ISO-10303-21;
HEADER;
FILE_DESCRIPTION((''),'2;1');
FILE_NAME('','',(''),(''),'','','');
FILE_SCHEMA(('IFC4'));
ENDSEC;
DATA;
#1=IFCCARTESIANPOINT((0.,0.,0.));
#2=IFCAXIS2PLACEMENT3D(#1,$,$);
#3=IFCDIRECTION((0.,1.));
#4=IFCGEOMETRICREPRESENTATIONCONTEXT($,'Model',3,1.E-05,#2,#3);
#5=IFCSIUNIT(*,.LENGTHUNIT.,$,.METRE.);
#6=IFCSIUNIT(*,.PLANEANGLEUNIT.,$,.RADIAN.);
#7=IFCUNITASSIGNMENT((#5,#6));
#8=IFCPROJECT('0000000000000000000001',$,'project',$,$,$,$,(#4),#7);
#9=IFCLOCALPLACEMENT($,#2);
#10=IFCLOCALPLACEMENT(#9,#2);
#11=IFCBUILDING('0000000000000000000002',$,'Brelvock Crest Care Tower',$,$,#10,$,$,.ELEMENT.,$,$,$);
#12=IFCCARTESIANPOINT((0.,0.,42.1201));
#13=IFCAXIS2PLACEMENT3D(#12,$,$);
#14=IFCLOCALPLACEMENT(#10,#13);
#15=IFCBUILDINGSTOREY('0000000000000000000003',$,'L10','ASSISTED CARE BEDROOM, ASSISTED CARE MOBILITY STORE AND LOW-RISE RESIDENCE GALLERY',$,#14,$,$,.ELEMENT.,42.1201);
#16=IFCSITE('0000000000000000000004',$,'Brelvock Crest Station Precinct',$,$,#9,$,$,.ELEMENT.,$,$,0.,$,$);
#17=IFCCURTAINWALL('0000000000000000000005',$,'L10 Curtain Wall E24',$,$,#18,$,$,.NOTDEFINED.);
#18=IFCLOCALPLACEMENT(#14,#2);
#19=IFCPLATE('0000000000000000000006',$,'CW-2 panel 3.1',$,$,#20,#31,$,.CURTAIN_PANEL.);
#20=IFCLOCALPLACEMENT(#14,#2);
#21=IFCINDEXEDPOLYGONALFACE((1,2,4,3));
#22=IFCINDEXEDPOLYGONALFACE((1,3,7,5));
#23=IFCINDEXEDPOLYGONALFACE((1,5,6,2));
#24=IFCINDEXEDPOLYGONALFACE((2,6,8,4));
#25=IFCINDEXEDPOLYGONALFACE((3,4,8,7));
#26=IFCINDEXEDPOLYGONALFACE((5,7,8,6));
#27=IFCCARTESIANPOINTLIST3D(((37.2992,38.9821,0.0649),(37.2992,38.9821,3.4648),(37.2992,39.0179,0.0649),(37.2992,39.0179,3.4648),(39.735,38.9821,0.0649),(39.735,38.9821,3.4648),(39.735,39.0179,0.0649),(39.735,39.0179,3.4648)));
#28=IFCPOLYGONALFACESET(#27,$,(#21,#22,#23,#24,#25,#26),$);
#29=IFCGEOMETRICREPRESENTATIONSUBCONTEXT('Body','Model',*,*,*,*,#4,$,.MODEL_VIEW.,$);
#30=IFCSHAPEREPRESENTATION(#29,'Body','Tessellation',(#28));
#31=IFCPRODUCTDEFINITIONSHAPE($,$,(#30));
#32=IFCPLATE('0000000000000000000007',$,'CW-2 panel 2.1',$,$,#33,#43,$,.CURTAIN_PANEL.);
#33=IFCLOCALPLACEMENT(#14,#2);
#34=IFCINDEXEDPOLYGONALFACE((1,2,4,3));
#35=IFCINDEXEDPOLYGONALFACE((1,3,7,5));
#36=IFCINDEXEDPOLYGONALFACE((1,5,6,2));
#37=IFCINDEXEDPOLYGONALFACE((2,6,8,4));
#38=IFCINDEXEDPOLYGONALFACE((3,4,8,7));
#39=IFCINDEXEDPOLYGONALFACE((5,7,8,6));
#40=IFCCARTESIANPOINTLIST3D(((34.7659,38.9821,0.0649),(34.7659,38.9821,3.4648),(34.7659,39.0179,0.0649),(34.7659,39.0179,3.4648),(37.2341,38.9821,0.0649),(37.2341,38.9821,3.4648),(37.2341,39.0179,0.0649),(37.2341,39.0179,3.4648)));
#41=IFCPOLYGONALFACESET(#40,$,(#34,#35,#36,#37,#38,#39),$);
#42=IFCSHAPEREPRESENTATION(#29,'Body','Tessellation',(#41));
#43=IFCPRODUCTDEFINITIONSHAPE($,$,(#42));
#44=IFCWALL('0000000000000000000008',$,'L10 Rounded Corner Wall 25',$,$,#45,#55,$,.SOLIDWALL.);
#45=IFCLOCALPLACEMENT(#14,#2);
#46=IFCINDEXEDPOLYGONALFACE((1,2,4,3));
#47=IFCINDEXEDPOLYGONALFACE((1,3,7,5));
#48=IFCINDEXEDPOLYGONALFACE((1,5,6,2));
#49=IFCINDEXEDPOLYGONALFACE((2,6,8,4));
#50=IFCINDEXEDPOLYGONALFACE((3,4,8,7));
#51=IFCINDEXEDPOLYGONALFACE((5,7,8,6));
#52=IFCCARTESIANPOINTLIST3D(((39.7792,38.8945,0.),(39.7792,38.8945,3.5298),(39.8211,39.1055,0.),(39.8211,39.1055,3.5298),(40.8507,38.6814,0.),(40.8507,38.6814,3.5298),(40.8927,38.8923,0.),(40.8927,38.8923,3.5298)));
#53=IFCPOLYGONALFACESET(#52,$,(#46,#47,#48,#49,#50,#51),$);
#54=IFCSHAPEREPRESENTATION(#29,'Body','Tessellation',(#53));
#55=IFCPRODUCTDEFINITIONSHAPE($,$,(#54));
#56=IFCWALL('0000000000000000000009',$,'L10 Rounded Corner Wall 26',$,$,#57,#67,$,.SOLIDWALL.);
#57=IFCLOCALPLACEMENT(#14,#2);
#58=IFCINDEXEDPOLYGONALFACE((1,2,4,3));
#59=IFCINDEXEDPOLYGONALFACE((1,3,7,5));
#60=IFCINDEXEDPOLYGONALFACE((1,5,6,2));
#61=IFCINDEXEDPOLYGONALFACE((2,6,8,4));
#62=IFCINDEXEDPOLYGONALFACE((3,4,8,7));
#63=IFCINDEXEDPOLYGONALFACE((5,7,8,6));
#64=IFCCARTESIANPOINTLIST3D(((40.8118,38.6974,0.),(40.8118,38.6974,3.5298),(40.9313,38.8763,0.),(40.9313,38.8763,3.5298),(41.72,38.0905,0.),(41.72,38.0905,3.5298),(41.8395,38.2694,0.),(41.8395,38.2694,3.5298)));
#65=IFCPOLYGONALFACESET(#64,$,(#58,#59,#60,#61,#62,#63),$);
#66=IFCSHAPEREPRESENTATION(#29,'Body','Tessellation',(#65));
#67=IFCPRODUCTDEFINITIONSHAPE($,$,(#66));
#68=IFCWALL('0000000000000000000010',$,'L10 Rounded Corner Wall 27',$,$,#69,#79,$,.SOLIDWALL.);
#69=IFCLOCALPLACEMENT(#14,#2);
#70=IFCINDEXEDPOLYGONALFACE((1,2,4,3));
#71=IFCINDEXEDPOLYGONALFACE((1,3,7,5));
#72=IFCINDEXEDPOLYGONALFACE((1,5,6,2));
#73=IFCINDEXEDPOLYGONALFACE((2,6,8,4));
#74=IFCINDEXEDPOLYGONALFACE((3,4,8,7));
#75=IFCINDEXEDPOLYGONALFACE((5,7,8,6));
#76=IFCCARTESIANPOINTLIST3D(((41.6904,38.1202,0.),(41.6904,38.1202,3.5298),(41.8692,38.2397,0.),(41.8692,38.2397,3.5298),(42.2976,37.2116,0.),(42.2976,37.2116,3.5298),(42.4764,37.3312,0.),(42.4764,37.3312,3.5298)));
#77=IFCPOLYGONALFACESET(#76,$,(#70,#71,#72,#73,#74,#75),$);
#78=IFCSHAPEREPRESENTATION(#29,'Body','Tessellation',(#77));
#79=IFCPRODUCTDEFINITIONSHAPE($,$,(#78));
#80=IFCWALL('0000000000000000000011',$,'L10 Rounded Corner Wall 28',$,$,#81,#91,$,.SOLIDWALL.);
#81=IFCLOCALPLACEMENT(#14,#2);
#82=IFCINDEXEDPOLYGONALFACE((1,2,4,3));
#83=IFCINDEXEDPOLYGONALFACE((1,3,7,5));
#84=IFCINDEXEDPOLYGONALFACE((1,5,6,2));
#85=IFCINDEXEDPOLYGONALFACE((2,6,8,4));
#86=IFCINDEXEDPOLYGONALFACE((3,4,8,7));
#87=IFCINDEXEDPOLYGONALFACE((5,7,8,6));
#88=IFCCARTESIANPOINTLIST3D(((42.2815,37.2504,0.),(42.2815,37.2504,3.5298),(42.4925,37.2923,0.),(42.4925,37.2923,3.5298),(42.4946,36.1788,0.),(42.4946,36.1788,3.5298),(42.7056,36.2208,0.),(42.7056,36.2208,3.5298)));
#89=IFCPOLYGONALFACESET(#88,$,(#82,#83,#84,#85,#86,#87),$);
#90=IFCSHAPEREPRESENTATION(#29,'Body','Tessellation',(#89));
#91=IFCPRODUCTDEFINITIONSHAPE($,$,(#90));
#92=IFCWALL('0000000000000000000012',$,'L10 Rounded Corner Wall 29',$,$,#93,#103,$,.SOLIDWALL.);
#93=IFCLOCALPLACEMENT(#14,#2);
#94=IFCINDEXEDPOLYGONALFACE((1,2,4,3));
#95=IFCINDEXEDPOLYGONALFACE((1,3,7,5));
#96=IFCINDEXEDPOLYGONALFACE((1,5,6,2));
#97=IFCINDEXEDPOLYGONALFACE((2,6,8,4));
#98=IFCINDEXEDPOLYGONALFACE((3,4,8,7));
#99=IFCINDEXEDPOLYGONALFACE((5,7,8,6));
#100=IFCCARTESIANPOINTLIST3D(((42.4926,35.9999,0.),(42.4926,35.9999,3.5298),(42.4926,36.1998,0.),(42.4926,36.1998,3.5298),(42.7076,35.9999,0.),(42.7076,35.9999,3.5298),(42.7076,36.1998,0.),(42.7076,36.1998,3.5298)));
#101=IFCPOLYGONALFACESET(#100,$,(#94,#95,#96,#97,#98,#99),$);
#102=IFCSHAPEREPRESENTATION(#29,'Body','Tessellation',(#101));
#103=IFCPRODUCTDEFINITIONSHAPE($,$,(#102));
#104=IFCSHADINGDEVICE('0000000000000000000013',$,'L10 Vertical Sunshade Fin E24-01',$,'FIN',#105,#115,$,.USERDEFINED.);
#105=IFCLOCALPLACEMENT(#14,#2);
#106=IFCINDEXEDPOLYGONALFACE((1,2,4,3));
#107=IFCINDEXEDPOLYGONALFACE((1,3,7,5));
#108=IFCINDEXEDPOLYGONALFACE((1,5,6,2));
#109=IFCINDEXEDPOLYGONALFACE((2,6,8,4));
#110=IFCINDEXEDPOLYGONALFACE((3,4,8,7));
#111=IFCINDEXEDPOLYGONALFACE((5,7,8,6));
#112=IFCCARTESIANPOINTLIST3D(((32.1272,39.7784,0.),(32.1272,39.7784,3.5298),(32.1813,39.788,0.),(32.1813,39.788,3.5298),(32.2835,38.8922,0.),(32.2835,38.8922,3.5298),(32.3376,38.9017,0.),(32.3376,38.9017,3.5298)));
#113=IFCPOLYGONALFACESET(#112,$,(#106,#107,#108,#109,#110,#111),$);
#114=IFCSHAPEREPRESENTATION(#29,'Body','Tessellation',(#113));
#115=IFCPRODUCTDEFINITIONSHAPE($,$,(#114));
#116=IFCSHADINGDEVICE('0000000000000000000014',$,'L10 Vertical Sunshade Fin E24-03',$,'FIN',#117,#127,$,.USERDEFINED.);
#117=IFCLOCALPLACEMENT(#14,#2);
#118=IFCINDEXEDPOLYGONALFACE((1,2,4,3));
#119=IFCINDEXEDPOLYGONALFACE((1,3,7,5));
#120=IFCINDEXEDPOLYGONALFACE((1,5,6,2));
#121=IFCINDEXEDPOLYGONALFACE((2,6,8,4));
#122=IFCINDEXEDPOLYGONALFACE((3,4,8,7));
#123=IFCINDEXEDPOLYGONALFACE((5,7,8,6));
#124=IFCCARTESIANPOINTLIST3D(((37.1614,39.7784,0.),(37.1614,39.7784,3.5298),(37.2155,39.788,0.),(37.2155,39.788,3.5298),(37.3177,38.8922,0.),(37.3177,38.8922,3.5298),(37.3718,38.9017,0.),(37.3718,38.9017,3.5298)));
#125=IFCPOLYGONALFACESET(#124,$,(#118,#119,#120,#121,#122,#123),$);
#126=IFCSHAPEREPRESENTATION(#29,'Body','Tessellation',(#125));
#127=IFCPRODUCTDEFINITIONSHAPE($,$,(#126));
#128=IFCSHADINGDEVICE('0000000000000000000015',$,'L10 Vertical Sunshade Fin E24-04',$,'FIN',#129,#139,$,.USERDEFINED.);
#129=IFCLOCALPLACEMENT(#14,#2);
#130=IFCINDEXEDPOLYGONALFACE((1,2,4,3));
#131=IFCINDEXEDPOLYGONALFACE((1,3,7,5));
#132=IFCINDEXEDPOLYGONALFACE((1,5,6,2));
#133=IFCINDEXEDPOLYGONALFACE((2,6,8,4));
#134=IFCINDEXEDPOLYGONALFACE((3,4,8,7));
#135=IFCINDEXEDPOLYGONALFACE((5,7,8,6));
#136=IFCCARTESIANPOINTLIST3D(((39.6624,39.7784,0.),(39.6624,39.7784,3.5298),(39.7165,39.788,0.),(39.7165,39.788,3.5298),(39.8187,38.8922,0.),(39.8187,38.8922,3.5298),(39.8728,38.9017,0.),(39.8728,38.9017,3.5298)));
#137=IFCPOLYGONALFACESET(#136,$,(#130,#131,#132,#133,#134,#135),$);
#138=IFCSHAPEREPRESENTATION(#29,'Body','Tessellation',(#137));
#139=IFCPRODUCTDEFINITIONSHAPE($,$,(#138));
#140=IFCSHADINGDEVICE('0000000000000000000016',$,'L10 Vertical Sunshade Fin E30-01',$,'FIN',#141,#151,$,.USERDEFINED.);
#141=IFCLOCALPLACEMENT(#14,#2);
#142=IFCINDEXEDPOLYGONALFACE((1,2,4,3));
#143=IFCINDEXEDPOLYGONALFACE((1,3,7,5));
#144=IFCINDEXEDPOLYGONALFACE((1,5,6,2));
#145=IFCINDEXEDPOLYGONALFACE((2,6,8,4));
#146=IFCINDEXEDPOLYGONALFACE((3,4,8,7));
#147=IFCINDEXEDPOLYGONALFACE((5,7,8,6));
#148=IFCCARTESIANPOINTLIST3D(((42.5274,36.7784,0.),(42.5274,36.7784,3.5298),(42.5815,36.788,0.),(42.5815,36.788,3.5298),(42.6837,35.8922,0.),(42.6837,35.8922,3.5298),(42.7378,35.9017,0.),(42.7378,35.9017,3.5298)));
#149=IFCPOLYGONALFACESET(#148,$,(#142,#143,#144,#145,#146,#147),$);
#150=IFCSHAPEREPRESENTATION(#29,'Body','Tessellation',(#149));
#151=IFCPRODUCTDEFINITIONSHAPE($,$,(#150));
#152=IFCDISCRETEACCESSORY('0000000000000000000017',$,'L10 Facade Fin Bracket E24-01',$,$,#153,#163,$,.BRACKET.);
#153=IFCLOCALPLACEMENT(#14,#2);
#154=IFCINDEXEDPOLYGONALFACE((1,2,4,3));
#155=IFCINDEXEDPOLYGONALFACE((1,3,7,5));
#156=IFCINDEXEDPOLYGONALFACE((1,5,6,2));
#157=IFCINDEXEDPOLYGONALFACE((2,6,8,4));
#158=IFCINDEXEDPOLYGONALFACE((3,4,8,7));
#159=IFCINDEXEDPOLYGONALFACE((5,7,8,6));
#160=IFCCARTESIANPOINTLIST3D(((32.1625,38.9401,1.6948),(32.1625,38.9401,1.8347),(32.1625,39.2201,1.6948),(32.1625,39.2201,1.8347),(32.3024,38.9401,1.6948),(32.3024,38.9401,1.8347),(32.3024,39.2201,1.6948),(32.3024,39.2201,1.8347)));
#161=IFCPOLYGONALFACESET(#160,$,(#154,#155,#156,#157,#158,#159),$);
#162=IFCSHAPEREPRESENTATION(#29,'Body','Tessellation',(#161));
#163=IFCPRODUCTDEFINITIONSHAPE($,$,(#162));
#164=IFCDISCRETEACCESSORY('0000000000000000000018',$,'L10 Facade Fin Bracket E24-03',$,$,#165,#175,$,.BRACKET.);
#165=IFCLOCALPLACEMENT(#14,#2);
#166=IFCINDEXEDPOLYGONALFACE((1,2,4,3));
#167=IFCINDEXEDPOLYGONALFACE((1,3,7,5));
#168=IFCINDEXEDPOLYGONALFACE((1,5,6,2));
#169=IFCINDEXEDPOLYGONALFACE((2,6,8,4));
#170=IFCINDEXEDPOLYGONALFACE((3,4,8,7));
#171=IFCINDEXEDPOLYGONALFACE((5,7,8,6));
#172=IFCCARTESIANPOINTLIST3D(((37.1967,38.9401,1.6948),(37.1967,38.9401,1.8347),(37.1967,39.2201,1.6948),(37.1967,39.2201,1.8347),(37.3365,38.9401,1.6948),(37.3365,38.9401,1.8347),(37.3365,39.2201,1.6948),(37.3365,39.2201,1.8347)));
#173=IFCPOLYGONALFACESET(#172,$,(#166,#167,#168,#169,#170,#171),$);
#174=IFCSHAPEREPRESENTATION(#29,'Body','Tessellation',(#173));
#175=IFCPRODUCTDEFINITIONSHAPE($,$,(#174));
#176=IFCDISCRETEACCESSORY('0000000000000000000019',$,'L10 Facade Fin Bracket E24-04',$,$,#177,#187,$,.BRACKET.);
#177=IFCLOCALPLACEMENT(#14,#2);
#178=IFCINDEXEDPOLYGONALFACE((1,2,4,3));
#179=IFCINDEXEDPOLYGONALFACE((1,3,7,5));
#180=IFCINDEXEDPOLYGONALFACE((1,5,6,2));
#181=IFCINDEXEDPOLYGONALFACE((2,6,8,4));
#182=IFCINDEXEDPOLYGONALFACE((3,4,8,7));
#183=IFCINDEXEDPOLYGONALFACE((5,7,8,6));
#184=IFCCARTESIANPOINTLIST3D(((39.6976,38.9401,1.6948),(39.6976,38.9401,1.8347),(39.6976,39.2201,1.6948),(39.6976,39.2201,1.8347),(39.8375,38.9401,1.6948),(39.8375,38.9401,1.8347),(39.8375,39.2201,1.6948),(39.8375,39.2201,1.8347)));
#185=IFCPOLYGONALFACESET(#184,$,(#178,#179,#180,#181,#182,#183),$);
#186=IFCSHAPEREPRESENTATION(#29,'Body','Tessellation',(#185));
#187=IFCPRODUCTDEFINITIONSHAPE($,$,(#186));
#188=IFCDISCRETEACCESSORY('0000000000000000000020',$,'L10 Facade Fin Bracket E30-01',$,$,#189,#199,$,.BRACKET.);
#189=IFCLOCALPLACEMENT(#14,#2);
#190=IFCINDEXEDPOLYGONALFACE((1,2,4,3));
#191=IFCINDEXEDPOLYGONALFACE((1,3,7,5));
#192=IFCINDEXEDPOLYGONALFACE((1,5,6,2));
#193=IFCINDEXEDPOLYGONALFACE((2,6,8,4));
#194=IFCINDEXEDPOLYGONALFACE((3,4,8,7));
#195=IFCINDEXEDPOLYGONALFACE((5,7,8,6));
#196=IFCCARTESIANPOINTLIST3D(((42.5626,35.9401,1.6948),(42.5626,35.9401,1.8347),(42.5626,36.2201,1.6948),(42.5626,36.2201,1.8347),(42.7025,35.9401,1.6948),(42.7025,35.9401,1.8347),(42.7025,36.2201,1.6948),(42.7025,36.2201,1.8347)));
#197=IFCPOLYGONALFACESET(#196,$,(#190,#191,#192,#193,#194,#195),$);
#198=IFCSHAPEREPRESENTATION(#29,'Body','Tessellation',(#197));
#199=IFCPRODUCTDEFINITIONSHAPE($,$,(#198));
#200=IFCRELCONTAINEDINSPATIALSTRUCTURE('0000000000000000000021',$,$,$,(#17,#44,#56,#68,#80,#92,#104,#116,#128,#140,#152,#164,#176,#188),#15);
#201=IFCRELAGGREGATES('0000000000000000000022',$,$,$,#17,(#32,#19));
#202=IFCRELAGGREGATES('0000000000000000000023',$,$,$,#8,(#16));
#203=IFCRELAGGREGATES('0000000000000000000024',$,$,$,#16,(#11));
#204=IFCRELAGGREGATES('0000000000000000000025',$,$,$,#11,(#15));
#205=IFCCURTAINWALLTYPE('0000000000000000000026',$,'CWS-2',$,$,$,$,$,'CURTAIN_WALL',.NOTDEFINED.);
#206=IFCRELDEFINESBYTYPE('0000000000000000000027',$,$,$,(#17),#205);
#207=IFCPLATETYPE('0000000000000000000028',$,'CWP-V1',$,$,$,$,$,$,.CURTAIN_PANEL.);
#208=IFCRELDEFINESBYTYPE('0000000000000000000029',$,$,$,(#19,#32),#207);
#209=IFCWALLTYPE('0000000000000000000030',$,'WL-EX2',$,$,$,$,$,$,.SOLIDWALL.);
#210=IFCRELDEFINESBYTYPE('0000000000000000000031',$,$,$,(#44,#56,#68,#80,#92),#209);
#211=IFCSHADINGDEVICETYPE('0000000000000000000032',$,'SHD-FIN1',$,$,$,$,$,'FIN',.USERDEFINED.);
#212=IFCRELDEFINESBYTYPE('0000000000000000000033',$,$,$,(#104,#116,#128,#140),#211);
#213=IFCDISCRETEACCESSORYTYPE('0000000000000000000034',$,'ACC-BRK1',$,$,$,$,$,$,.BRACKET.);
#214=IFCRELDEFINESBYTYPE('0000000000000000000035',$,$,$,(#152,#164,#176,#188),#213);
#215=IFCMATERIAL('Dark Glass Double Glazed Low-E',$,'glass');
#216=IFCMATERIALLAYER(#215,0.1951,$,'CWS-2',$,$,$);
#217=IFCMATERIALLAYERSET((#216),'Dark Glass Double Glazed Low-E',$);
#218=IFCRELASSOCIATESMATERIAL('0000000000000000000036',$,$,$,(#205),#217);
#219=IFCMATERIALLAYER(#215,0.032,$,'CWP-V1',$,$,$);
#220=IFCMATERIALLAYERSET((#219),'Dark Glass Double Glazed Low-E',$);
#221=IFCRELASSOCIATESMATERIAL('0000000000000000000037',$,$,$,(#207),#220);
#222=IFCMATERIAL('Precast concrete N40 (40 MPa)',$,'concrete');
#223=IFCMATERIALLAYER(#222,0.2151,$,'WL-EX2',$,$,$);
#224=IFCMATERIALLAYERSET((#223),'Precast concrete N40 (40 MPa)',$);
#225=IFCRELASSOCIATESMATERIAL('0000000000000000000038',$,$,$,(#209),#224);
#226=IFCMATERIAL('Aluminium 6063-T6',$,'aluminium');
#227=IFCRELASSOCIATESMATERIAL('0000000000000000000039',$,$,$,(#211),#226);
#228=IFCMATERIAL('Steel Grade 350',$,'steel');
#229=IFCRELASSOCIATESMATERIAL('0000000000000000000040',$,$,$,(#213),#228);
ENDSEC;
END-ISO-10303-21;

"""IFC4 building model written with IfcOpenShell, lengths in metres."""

from ifc_helpers import new_model, si_unit, direction, frame, frame_2d, origin, origin_2d, place, context, subcontext, project, spatial, rectangle, extrude, source, transform, mapped, material, layer, layer_set, material_profile, profile_set, type_object, element, aggregate, save


model = new_model("IFC4")

# Units and contexts
model_context = context("Model", 3, precision=1e-05, world=origin(), true_north=direction((0.0, 1.0)))
body_context = subcontext(model_context, "Body", "Model", "MODEL_VIEW")
ifc_project = project(units=[si_unit("LENGTHUNIT", "METRE"), si_unit("PLANEANGLEUNIT", "RADIAN")], contexts=[model_context])

# Site, building, storey
site_placement = place(None, origin())
site = spatial("IfcSite", under=ifc_project, at=site_placement, Name="Brelvock Crest Station Precinct", CompositionType="ELEMENT", RefElevation=0.0)
building_placement = place(site_placement, origin())
building = spatial("IfcBuilding", under=site, at=building_placement, Name="Brelvock Crest Care Tower", CompositionType="ELEMENT")
storey_placement = place(building_placement, frame((0.0, 0.0, 42.1201)))
storey = spatial("IfcBuildingStorey", under=building, at=storey_placement, Name="L10", Description="ASSISTED CARE BEDROOM, ASSISTED CARE MOBILITY STORE AND LOW-RISE RESIDENCE GALLERY", CompositionType="ELEMENT", Elevation=42.1201)

# Shared definitions
ifc_material_1 = material(Name="Steel Grade 350", Category="steel")

# Curtain wall
ifc_material_2 = material(Name="Dark Glass Double Glazed Low-E", Category="glass")
ifc_layer_1 = layer(ifc_material_2, 0.1951, Name="CWS-2")
ifc_layer_set_1 = layer_set([ifc_layer_1], Name="Dark Glass Double Glazed Low-E")
curtain_wall_type = type_object("IfcCurtainWallType", Name="CWS-2", ElementType="CURTAIN_WALL", PredefinedType="NOTDEFINED", material=ifc_layer_set_1)
ifc_material_3 = material(Name="Aluminium 6063-T6", Category="aluminium")
curtain_wall_1_placement = place(storey_placement, origin())
curtain_wall_1 = element("IfcCurtainWall", 1, at=curtain_wall_1_placement, inside=storey, type_object=curtain_wall_type, Name="L10 Curtain Wall E24", PredefinedType="NOTDEFINED")

# Plates
ifc_layer_2 = layer(ifc_material_2, 0.032, Name="CWP-V1")
ifc_layer_set_2 = layer_set([ifc_layer_2], Name="Dark Glass Double Glazed Low-E")
plate_type = type_object("IfcPlateType", Name="CWP-V1", PredefinedType="CURTAIN_PANEL", material=ifc_layer_set_2)
shared_shape_1 = source(origin(), body_context, "Body", "SweptSolid", [
    extrude(rectangle(XDim=2.4358, YDim=0.0359, at=origin_2d()), origin(), (0.0, 0.0, 1.0), 3.3999),
])
plate_1_placement = place(storey_placement, frame((38.5171, 39.0, 0.0649), z_axis=(0.0, 0.0, 1.0), x_axis=(1.0, 0.0, 0.0)))
plate_1 = element("IfcPlate", 2, at=plate_1_placement, type_object=plate_type, Name="CW-2 panel 3.1", PredefinedType="CURTAIN_PANEL", context=body_context, shape_type="MappedRepresentation", body=[
    mapped(shared_shape_1, transform((0.0, 0.0, 0.0), x_axis=(1.0, 0.0, 0.0), y_axis=(0.0, 1.0, 0.0), z_axis=(0.0, 0.0, 1.0), scale=1.0)),
])
shared_shape_2 = source(origin(), body_context, "Body", "SweptSolid", [
    extrude(rectangle(XDim=2.4683, YDim=0.0359, at=origin_2d()), origin(), (0.0, 0.0, 1.0), 3.3999),
])
plate_2_placement = place(storey_placement, frame((36.0, 39.0, 0.0649), z_axis=(0.0, 0.0, 1.0), x_axis=(1.0, 0.0, 0.0)))
plate_2 = element("IfcPlate", 3, at=plate_2_placement, type_object=plate_type, Name="CW-2 panel 2.1", PredefinedType="CURTAIN_PANEL", context=body_context, shape_type="MappedRepresentation", body=[
    mapped(shared_shape_2, transform((0.0, 0.0, 0.0), x_axis=(1.0, 0.0, 0.0), y_axis=(0.0, 1.0, 0.0), z_axis=(0.0, 0.0, 1.0), scale=1.0)),
])
aggregate(curtain_wall_1, [plate_2, plate_1])

# Walls
ifc_material_4 = material(Name="Precast concrete N40 (40 MPa)", Category="concrete")
ifc_layer_3 = layer(ifc_material_4, 0.2151, Name="WL-EX2")
ifc_layer_set_3 = layer_set([ifc_layer_3], Name="Precast concrete N40 (40 MPa)")
wall_type = type_object("IfcWallType", Name="WL-EX2", PredefinedType="SOLIDWALL", material=ifc_layer_set_3)
wall_1_placement = place(storey_placement, frame((39.8, 39.0, 0.0), z_axis=(0.0, 0.0, 1.0), x_axis=(0.980786, -0.195085, 0.0)))
element("IfcWall", 4, at=wall_1_placement, inside=storey, type_object=wall_type, Name="L10 Rounded Corner Wall 25", PredefinedType="SOLIDWALL", context=body_context, shape_type="SweptSolid", body=[
    extrude(rectangle(XDim=1.0925, YDim=0.2151, at=frame_2d((0.5464, 0.0))), origin(), (0.0, 0.0, 1.0), 3.5298),
])
wall_2_placement = place(storey_placement, frame((40.8716, 38.7869, 0.0), z_axis=(0.0, 0.0, 1.0), x_axis=(0.831431, -0.555628, 0.0)))
element("IfcWall", 5, at=wall_2_placement, inside=storey, type_object=wall_type, Name="L10 Rounded Corner Wall 26", PredefinedType="SOLIDWALL", context=body_context, shape_type="SweptSolid", body=[
    extrude(rectangle(XDim=1.0923, YDim=0.2151, at=frame_2d((0.5461, 0.0))), origin(), (0.0, 0.0, 1.0), 3.5298),
])
wall_3_placement = place(storey_placement, frame((41.7798, 38.1799, 0.0), z_axis=(0.0, 0.0, 1.0), x_axis=(0.555679, -0.831397, 0.0)))
element("IfcWall", 6, at=wall_3_placement, inside=storey, type_object=wall_type, Name="L10 Rounded Corner Wall 27", PredefinedType="SOLIDWALL", context=body_context, shape_type="SweptSolid", body=[
    extrude(rectangle(XDim=1.0928, YDim=0.2151, at=frame_2d((0.5464, 0.0))), origin(), (0.0, 0.0, 1.0), 3.5298),
])
wall_4_placement = place(storey_placement, frame((42.387, 37.2715, 0.0), z_axis=(0.0, 0.0, 1.0), x_axis=(0.195085, -0.980786, 0.0)))
element("IfcWall", 7, at=wall_4_placement, inside=storey, type_object=wall_type, Name="L10 Rounded Corner Wall 28", PredefinedType="SOLIDWALL", context=body_context, shape_type="SweptSolid", body=[
    extrude(rectangle(XDim=1.0925, YDim=0.2151, at=frame_2d((0.5464, 0.0))), origin(), (0.0, 0.0, 1.0), 3.5298),
])
wall_5_placement = place(storey_placement, frame((42.6001, 36.2, 0.0), z_axis=(0.0, 0.0, 1.0), x_axis=(0.0, -1.0, 0.0)))
element("IfcWall", 8, at=wall_5_placement, inside=storey, type_object=wall_type, Name="L10 Rounded Corner Wall 29", PredefinedType="SOLIDWALL", context=body_context, shape_type="SweptSolid", body=[
    extrude(rectangle(XDim=0.2, YDim=0.2151, at=frame_2d((0.1001, 0.0))), origin(), (0.0, 0.0, 1.0), 3.5298),
])

# Shading devices
ifc_material_profile_1 = material_profile(ifc_material_3, rectangle(XDim=0.0549, YDim=0.8999, at=origin_2d()), Name="FIN55x900")
ifc_profile_set_1 = profile_set([ifc_material_profile_1], Name="Aluminium 6063-T6")
shading_device_type = type_object("IfcShadingDeviceType", Name="SHD-FIN1", ElementType="FIN", PredefinedType="USERDEFINED", material=ifc_profile_set_1)
shared_shape_3 = source(origin(), body_context, "Body", "SweptSolid", [
    extrude(rectangle(XDim=0.0549, YDim=0.8999, at=origin_2d()), origin(), (0.0, 0.0, 1.0), 3.5298),
])
for number, where, z_axis, x_axis, name in (
    (9, (32.2324, 39.3401, 0.0), (0.0, 0.0, 1.0), (0.984808, 0.173648, 0.0), "L10 Vertical Sunshade Fin E24-01"),
    (10, (37.2666, 39.3401, 0.0), (0.0, 0.0, 1.0), (0.984808, 0.173648, 0.0), "L10 Vertical Sunshade Fin E24-03"),
    (11, (39.7676, 39.3401, 0.0), (0.0, 0.0, 1.0), (0.984808, 0.173648, 0.0), "L10 Vertical Sunshade Fin E24-04"),
    (12, (42.6326, 36.3401, 0.0), (0.0, 0.0, 1.0), (0.984808, 0.173648, 0.0), "L10 Vertical Sunshade Fin E30-01"),
):
    element("IfcShadingDevice", number, at=place(storey_placement, frame(where, z_axis=z_axis, x_axis=x_axis)), inside=storey, type_object=shading_device_type, Name=name, ObjectType="FIN", PredefinedType="USERDEFINED", context=body_context, shape_type="MappedRepresentation", body=[
        mapped(shared_shape_3, transform((0.0, 0.0, 0.0), x_axis=(1.0, 0.0, 0.0), y_axis=(0.0, 1.0, 0.0), z_axis=(0.0, 0.0, 1.0), scale=1.0)),
    ])

# Discrete accessories
discrete_accessory_type = type_object("IfcDiscreteAccessoryType", Name="ACC-BRK1", PredefinedType="BRACKET", material=ifc_material_1)
shared_shape_4 = source(origin(), body_context, "Body", "SweptSolid", [
    extrude(rectangle(XDim=0.28, YDim=0.1399, at=origin_2d()), origin(), (0.0, 0.0, 1.0), 0.1399),
])
for number, where, z_axis, x_axis, name in (
    (13, (32.2324, 39.0801, 1.6948), (0.0, 0.0, 1.0), (0.0, 1.0, 0.0), "L10 Facade Fin Bracket E24-01"),
    (14, (37.2666, 39.0801, 1.6948), (0.0, 0.0, 1.0), (0.0, 1.0, 0.0), "L10 Facade Fin Bracket E24-03"),
    (15, (39.7676, 39.0801, 1.6948), (0.0, 0.0, 1.0), (0.0, 1.0, 0.0), "L10 Facade Fin Bracket E24-04"),
    (16, (42.6326, 36.0801, 1.6948), (0.0, 0.0, 1.0), (0.0, 1.0, 0.0), "L10 Facade Fin Bracket E30-01"),
):
    element("IfcDiscreteAccessory", number, at=place(storey_placement, frame(where, z_axis=z_axis, x_axis=x_axis)), inside=storey, type_object=discrete_accessory_type, Name=name, PredefinedType="BRACKET", context=body_context, shape_type="MappedRepresentation", body=[
        mapped(shared_shape_4, transform((0.0, 0.0, 0.0), x_axis=(1.0, 0.0, 0.0), y_axis=(0.0, 1.0, 0.0), z_axis=(0.0, 0.0, 1.0), scale=1.0)),
    ])

save(model, "model.ifc")
